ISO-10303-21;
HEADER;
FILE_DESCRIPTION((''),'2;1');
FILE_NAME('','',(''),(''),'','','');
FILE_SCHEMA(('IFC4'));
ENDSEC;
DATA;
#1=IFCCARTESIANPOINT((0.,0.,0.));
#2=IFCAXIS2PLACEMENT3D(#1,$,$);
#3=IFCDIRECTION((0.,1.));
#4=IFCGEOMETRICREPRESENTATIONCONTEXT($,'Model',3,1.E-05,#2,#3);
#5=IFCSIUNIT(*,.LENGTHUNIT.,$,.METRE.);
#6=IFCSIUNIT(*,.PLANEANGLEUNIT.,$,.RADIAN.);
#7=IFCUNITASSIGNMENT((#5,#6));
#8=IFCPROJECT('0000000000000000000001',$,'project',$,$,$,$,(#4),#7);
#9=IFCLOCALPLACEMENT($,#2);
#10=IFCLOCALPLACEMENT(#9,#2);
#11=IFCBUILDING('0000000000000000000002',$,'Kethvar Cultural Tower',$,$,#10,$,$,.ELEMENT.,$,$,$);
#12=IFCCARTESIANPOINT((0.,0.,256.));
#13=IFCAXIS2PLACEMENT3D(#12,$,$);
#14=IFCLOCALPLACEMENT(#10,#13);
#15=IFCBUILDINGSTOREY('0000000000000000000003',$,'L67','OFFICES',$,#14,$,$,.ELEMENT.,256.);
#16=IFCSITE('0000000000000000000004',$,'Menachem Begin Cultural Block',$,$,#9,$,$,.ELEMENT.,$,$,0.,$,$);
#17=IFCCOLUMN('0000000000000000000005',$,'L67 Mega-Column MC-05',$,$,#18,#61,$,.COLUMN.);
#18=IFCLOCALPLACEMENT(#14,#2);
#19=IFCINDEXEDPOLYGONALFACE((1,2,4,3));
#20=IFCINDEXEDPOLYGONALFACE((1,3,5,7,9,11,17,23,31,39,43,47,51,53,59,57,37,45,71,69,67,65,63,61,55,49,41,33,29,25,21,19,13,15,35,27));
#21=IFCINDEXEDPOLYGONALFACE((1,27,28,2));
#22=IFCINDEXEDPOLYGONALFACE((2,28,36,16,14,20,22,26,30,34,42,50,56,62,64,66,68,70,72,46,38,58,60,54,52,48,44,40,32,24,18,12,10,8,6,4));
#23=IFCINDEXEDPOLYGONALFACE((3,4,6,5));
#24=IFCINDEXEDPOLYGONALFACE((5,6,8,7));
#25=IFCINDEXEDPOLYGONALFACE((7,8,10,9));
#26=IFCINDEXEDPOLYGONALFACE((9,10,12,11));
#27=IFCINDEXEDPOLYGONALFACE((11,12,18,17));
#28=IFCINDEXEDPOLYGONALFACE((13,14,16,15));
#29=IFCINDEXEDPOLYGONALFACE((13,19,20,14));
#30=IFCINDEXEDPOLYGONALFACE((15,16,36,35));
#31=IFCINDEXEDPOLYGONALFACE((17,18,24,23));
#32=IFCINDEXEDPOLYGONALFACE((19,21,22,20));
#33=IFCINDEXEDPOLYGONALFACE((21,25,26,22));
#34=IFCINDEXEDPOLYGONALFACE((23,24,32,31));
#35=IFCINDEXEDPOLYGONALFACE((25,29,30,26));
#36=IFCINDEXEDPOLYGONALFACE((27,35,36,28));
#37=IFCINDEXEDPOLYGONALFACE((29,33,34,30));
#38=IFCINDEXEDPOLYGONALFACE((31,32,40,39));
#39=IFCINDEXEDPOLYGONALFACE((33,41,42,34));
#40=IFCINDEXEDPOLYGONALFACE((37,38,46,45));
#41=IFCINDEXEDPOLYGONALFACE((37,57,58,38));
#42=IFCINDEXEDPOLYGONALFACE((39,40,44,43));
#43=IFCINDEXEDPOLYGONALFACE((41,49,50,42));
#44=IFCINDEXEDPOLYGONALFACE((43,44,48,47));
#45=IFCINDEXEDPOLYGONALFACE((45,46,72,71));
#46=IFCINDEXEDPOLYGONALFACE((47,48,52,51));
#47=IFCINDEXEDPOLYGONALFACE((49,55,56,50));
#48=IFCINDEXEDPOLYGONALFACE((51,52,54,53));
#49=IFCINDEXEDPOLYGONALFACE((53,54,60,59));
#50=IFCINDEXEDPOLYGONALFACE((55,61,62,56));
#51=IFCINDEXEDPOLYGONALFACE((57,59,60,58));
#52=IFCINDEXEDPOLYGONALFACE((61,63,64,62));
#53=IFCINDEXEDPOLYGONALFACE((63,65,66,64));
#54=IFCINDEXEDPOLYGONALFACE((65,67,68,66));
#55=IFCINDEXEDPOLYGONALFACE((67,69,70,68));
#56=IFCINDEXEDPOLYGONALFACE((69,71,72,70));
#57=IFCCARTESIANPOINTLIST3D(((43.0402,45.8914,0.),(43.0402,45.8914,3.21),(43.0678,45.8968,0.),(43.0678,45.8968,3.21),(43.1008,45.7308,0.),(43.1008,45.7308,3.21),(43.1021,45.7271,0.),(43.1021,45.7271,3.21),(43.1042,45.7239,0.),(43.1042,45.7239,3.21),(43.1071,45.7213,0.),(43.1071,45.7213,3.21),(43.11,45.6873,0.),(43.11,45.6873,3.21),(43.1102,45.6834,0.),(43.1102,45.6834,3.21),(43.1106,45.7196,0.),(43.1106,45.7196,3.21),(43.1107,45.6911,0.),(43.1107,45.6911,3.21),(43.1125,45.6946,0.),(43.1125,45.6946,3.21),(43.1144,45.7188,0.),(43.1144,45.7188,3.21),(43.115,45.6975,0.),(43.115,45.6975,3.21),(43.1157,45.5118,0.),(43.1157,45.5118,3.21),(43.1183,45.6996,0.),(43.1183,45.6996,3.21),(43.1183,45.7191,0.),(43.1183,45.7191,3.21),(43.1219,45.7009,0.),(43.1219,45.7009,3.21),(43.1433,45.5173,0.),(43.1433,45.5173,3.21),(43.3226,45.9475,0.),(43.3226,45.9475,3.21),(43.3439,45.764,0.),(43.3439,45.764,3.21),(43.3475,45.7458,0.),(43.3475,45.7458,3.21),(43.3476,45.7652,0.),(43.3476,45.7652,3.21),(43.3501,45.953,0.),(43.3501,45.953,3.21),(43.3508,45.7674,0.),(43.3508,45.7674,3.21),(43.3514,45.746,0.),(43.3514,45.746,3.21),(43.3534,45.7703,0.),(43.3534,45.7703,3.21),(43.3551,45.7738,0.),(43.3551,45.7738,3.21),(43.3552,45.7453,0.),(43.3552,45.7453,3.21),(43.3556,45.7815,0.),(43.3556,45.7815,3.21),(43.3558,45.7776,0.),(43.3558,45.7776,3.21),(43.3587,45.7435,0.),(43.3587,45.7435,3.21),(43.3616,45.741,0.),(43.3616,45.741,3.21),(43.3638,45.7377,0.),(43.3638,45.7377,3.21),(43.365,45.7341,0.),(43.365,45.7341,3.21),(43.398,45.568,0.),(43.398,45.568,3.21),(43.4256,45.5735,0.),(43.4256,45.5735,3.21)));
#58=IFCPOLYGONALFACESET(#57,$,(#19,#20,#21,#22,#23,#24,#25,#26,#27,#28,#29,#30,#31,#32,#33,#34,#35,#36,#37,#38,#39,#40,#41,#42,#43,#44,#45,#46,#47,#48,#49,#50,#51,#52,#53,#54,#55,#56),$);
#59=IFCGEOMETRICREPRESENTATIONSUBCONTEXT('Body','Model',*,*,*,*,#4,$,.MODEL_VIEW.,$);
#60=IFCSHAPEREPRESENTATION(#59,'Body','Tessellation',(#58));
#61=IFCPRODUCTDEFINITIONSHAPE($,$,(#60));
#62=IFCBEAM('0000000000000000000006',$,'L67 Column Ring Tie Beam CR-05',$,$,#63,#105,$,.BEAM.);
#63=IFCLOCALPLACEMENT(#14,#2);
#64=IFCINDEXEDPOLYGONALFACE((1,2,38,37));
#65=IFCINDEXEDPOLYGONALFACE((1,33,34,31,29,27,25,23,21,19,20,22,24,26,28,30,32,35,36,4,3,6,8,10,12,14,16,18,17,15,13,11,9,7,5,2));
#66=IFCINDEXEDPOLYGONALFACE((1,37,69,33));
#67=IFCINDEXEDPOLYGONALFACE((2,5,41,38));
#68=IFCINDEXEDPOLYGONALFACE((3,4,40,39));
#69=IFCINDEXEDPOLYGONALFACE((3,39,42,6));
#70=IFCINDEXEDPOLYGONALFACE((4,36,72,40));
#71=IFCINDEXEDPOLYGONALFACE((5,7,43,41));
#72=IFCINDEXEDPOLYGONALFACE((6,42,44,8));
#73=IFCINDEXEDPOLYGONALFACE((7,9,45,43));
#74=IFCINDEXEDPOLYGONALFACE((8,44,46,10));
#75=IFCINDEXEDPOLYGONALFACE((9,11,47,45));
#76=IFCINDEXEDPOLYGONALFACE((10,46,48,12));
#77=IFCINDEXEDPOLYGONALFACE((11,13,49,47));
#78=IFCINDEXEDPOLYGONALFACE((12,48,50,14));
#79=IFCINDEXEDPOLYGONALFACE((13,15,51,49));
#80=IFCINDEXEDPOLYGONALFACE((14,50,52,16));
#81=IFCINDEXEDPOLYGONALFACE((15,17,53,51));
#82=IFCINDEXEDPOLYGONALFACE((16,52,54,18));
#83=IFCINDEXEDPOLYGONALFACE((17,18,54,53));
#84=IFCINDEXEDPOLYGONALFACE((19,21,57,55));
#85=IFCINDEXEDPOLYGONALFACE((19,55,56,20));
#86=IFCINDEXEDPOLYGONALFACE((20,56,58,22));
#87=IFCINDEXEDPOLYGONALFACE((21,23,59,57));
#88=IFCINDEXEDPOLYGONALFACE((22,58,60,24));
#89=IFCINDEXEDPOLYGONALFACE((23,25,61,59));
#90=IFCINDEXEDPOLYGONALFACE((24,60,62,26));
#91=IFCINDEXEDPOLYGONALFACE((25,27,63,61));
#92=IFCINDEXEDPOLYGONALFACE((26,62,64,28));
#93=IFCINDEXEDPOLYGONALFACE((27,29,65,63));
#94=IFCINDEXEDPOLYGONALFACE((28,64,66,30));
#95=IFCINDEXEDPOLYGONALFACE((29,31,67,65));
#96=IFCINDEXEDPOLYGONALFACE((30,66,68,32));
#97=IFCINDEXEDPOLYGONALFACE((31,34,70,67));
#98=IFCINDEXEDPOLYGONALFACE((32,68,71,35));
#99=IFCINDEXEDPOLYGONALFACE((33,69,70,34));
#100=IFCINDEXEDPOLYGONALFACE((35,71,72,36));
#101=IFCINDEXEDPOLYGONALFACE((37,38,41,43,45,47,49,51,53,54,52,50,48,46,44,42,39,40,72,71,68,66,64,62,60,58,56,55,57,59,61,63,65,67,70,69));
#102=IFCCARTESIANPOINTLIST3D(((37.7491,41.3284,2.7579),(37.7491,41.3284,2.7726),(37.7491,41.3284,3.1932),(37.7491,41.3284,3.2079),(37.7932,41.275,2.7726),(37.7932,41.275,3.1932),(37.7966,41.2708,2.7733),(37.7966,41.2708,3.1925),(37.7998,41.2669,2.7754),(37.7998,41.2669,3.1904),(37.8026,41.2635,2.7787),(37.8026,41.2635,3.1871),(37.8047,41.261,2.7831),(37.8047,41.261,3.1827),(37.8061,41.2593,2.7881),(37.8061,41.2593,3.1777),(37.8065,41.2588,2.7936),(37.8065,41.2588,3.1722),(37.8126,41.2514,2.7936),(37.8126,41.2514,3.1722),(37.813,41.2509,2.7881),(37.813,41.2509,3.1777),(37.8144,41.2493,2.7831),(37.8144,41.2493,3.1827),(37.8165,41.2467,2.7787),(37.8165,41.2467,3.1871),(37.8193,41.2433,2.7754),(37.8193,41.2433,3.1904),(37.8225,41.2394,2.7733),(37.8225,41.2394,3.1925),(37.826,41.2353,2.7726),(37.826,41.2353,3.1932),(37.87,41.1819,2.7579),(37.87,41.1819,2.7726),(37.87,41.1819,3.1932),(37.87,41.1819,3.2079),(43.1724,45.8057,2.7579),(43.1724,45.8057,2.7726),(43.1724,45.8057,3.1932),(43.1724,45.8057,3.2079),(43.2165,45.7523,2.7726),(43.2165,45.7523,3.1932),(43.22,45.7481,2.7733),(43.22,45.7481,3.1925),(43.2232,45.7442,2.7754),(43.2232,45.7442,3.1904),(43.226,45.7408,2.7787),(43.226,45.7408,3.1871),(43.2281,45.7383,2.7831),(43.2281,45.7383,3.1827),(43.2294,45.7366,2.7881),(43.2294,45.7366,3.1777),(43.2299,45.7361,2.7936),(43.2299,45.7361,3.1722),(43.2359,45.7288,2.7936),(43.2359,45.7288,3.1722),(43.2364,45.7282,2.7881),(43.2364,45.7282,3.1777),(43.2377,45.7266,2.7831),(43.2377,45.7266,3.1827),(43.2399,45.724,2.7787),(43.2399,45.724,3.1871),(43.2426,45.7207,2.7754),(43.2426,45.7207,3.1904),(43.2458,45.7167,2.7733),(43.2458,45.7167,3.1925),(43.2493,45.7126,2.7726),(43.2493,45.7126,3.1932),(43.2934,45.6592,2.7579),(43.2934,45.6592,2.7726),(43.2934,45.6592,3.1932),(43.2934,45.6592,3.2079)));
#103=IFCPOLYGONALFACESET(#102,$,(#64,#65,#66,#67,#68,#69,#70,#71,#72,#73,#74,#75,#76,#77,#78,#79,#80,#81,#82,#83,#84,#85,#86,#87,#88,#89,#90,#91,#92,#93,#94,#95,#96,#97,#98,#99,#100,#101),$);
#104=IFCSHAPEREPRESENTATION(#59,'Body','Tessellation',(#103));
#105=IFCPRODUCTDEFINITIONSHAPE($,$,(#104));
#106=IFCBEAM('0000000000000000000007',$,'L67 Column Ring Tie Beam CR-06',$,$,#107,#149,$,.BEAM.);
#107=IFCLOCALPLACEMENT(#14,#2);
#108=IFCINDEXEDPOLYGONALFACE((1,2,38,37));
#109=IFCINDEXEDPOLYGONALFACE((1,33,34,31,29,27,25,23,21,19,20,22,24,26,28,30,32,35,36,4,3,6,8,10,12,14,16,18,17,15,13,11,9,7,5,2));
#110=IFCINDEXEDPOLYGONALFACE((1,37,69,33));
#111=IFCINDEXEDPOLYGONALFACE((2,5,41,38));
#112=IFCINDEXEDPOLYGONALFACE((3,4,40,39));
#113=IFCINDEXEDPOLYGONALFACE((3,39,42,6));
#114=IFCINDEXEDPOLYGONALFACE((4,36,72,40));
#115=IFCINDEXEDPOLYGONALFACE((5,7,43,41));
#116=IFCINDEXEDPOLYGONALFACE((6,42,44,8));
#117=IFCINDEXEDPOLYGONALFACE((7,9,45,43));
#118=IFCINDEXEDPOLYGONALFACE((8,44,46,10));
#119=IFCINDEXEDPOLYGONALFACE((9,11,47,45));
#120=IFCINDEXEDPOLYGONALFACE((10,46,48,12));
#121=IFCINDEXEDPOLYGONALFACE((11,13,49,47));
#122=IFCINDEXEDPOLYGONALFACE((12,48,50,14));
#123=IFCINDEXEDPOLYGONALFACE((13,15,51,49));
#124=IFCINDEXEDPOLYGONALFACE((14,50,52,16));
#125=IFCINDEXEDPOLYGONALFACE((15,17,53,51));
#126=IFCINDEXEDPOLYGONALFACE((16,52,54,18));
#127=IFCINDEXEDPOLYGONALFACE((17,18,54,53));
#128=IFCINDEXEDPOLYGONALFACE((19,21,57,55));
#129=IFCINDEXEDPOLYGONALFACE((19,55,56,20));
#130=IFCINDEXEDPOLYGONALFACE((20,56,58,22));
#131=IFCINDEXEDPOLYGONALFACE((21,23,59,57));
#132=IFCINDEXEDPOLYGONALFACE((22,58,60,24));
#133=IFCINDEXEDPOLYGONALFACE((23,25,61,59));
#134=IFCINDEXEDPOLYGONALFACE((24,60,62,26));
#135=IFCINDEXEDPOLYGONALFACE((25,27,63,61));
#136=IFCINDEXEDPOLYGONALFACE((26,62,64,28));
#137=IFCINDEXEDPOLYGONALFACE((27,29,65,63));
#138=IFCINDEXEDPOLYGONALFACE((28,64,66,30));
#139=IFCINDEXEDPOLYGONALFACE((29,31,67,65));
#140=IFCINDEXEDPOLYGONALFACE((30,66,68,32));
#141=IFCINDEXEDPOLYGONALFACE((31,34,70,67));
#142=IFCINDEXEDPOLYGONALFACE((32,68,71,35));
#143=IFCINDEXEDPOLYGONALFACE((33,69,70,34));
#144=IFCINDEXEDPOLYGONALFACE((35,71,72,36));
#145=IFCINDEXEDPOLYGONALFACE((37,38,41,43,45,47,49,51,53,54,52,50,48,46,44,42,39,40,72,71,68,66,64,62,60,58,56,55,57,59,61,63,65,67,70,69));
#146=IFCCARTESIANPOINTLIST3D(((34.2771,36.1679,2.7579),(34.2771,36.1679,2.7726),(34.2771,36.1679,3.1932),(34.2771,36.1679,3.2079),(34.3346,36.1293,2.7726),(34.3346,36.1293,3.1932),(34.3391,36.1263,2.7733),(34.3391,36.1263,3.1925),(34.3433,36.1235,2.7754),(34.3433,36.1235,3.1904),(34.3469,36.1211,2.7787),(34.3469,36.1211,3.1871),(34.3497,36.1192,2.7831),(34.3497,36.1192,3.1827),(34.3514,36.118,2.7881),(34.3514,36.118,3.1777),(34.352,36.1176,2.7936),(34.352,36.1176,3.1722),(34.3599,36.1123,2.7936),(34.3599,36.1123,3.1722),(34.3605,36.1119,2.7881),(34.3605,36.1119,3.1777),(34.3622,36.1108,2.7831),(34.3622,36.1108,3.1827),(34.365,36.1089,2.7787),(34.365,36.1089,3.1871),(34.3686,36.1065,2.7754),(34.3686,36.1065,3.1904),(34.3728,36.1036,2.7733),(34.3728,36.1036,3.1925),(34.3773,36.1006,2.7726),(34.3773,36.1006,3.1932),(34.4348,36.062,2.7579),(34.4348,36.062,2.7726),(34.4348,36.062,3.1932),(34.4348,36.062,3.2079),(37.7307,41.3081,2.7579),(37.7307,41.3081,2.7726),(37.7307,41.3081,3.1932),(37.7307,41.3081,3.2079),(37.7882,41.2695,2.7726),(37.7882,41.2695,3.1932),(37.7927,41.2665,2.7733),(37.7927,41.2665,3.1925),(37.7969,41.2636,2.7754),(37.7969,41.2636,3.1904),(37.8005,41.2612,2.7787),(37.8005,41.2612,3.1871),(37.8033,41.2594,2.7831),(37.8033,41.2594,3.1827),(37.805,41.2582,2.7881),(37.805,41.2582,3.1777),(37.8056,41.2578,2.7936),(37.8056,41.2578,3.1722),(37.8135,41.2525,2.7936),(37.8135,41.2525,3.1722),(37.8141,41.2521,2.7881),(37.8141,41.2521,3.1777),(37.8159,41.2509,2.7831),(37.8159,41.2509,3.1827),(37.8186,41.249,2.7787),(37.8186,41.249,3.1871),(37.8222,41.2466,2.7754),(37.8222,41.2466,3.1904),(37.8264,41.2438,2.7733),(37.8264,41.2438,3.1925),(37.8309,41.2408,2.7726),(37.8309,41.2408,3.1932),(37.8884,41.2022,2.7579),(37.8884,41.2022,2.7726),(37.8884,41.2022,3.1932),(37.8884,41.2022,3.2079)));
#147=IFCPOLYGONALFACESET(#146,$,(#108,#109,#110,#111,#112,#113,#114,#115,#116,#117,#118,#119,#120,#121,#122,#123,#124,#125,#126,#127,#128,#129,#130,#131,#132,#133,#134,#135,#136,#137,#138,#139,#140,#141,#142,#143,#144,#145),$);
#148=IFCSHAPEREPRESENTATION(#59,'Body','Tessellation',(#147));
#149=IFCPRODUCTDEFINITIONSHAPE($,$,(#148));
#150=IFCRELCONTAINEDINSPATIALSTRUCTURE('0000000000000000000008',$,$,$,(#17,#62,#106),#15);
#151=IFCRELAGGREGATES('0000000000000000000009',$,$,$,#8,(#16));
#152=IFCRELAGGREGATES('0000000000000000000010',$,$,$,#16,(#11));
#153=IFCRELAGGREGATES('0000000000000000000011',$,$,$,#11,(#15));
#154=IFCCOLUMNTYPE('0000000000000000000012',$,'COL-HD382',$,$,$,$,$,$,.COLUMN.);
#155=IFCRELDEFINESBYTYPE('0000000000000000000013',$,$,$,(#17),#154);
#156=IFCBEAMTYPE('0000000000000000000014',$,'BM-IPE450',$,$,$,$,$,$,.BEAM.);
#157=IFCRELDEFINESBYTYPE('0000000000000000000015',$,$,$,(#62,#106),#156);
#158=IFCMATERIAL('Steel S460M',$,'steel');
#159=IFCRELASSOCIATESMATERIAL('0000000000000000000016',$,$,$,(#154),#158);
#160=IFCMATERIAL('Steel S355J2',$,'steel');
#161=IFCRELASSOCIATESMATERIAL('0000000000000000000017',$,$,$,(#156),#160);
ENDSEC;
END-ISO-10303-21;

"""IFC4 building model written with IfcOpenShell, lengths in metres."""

from ifc_helpers import new_model, si_unit, direction, frame, origin, origin_2d, place, context, subcontext, project, spatial, i_section, extrude, source, transform, mapped, material, material_profile, profile_set, type_object, element, save


model = new_model("IFC4")

# Units and contexts
model_context = context("Model", 3, precision=1e-05, world=origin(), true_north=direction((0.0, 1.0)))
body_context = subcontext(model_context, "Body", "Model", "MODEL_VIEW")
ifc_project = project(units=[si_unit("LENGTHUNIT", "METRE"), si_unit("PLANEANGLEUNIT", "RADIAN")], contexts=[model_context])

# Site, building, storey
site_placement = place(None, origin())
site = spatial("IfcSite", under=ifc_project, at=site_placement, Name="Menachem Begin Cultural Block", CompositionType="ELEMENT", RefElevation=0.0)
building_placement = place(site_placement, origin())
building = spatial("IfcBuilding", under=site, at=building_placement, Name="Kethvar Cultural Tower", CompositionType="ELEMENT")
storey_placement = place(building_placement, frame((0.0, 0.0, 256.0)))
storey = spatial("IfcBuildingStorey", under=building, at=storey_placement, Name="L67", Description="OFFICES", CompositionType="ELEMENT", Elevation=256.0)

# Column
ifc_material_1 = material(Name="Steel S460M", Category="steel")
ifc_material_profile_1 = material_profile(ifc_material_1, i_section(OverallWidth=0.387, OverallDepth=0.3159, WebThickness=0.0186, FlangeThickness=0.0281, FilletRadius=0.0149, at=origin_2d()), Name="Steel S460M — HD400x382")
ifc_profile_set_1 = profile_set([ifc_material_profile_1], Name="Steel S460M — HD400x382")
column_type = type_object("IfcColumnType", Name="COL-HD382", PredefinedType="COLUMN", material=ifc_profile_set_1)
shared_shape_1 = source(origin(), body_context, "Body", "SweptSolid", [
    extrude(i_section(OverallWidth=0.387, OverallDepth=0.3159, WebThickness=0.0186, FlangeThickness=0.0281, FilletRadius=0.0149, at=origin_2d()), origin(), (0.0, 0.0, 1.0), 3.21),
])
column_placement = place(storey_placement, frame((43.2329, 45.7324, 0.0), z_axis=(0.0, 0.0, 1.0), x_axis=(-0.19509, 0.980785, 0.0)))
element("IfcColumn", 1, at=column_placement, inside=storey, type_object=column_type, Name="L67 Mega-Column MC-05", PredefinedType="COLUMN", context=body_context, shape_type="MappedRepresentation", body=[
    mapped(shared_shape_1, transform((0.0, 0.0, 0.0), scale=1.0)),
])

# Beams
ifc_material_2 = material(Name="Steel S355J2", Category="steel")
ifc_material_profile_2 = material_profile(ifc_material_2, i_section(OverallWidth=0.1899, OverallDepth=0.45, WebThickness=0.0095, FlangeThickness=0.0146, FilletRadius=0.021, at=origin_2d()), Name="Steel S355J2 — IPE450")
ifc_profile_set_2 = profile_set([ifc_material_profile_2], Name="Steel S355J2 — IPE450")
beam_type_1 = type_object("IfcBeamType", Name="BM-IPE450", PredefinedType="BEAM", material=ifc_profile_set_2)
shared_shape_2 = source(origin(), body_context, "Body", "SweptSolid", [
    extrude(i_section(OverallWidth=0.1899, OverallDepth=0.45, WebThickness=0.0095, FlangeThickness=0.0146, FilletRadius=0.021, at=origin_2d()), origin(), (0.0, 0.0, 1.0), 7.0327),
])
beam_1_placement = place(storey_placement, frame((43.2329, 45.7324, 2.9829), z_axis=(-0.771161, -0.63664, 0.0), x_axis=(0.63664, -0.771161, 0.0)))
element("IfcBeam", 2, at=beam_1_placement, inside=storey, type_object=beam_type_1, Name="L67 Column Ring Tie Beam CR-05", PredefinedType="BEAM", context=body_context, shape_type="MappedRepresentation", body=[
    mapped(shared_shape_2, transform((0.0, 0.0, 0.0), scale=1.0)),
])
shared_shape_3 = source(origin(), body_context, "Body", "SweptSolid", [
    extrude(i_section(OverallWidth=0.1899, OverallDepth=0.45, WebThickness=0.0095, FlangeThickness=0.0146, FilletRadius=0.021, at=origin_2d()), origin(), (0.0, 0.0, 1.0), 6.1926),
])
beam_2_placement = place(storey_placement, frame((37.8096, 41.2551, 2.9829), z_axis=(-0.557699, -0.830043, 0.0), x_axis=(0.830043, -0.557699, 0.0)))
element("IfcBeam", 3, at=beam_2_placement, inside=storey, type_object=beam_type_1, Name="L67 Column Ring Tie Beam CR-06", PredefinedType="BEAM", context=body_context, shape_type="MappedRepresentation", body=[
    mapped(shared_shape_3, transform((0.0, 0.0, 0.0), scale=1.0)),
])

save(model, "model.ifc")
